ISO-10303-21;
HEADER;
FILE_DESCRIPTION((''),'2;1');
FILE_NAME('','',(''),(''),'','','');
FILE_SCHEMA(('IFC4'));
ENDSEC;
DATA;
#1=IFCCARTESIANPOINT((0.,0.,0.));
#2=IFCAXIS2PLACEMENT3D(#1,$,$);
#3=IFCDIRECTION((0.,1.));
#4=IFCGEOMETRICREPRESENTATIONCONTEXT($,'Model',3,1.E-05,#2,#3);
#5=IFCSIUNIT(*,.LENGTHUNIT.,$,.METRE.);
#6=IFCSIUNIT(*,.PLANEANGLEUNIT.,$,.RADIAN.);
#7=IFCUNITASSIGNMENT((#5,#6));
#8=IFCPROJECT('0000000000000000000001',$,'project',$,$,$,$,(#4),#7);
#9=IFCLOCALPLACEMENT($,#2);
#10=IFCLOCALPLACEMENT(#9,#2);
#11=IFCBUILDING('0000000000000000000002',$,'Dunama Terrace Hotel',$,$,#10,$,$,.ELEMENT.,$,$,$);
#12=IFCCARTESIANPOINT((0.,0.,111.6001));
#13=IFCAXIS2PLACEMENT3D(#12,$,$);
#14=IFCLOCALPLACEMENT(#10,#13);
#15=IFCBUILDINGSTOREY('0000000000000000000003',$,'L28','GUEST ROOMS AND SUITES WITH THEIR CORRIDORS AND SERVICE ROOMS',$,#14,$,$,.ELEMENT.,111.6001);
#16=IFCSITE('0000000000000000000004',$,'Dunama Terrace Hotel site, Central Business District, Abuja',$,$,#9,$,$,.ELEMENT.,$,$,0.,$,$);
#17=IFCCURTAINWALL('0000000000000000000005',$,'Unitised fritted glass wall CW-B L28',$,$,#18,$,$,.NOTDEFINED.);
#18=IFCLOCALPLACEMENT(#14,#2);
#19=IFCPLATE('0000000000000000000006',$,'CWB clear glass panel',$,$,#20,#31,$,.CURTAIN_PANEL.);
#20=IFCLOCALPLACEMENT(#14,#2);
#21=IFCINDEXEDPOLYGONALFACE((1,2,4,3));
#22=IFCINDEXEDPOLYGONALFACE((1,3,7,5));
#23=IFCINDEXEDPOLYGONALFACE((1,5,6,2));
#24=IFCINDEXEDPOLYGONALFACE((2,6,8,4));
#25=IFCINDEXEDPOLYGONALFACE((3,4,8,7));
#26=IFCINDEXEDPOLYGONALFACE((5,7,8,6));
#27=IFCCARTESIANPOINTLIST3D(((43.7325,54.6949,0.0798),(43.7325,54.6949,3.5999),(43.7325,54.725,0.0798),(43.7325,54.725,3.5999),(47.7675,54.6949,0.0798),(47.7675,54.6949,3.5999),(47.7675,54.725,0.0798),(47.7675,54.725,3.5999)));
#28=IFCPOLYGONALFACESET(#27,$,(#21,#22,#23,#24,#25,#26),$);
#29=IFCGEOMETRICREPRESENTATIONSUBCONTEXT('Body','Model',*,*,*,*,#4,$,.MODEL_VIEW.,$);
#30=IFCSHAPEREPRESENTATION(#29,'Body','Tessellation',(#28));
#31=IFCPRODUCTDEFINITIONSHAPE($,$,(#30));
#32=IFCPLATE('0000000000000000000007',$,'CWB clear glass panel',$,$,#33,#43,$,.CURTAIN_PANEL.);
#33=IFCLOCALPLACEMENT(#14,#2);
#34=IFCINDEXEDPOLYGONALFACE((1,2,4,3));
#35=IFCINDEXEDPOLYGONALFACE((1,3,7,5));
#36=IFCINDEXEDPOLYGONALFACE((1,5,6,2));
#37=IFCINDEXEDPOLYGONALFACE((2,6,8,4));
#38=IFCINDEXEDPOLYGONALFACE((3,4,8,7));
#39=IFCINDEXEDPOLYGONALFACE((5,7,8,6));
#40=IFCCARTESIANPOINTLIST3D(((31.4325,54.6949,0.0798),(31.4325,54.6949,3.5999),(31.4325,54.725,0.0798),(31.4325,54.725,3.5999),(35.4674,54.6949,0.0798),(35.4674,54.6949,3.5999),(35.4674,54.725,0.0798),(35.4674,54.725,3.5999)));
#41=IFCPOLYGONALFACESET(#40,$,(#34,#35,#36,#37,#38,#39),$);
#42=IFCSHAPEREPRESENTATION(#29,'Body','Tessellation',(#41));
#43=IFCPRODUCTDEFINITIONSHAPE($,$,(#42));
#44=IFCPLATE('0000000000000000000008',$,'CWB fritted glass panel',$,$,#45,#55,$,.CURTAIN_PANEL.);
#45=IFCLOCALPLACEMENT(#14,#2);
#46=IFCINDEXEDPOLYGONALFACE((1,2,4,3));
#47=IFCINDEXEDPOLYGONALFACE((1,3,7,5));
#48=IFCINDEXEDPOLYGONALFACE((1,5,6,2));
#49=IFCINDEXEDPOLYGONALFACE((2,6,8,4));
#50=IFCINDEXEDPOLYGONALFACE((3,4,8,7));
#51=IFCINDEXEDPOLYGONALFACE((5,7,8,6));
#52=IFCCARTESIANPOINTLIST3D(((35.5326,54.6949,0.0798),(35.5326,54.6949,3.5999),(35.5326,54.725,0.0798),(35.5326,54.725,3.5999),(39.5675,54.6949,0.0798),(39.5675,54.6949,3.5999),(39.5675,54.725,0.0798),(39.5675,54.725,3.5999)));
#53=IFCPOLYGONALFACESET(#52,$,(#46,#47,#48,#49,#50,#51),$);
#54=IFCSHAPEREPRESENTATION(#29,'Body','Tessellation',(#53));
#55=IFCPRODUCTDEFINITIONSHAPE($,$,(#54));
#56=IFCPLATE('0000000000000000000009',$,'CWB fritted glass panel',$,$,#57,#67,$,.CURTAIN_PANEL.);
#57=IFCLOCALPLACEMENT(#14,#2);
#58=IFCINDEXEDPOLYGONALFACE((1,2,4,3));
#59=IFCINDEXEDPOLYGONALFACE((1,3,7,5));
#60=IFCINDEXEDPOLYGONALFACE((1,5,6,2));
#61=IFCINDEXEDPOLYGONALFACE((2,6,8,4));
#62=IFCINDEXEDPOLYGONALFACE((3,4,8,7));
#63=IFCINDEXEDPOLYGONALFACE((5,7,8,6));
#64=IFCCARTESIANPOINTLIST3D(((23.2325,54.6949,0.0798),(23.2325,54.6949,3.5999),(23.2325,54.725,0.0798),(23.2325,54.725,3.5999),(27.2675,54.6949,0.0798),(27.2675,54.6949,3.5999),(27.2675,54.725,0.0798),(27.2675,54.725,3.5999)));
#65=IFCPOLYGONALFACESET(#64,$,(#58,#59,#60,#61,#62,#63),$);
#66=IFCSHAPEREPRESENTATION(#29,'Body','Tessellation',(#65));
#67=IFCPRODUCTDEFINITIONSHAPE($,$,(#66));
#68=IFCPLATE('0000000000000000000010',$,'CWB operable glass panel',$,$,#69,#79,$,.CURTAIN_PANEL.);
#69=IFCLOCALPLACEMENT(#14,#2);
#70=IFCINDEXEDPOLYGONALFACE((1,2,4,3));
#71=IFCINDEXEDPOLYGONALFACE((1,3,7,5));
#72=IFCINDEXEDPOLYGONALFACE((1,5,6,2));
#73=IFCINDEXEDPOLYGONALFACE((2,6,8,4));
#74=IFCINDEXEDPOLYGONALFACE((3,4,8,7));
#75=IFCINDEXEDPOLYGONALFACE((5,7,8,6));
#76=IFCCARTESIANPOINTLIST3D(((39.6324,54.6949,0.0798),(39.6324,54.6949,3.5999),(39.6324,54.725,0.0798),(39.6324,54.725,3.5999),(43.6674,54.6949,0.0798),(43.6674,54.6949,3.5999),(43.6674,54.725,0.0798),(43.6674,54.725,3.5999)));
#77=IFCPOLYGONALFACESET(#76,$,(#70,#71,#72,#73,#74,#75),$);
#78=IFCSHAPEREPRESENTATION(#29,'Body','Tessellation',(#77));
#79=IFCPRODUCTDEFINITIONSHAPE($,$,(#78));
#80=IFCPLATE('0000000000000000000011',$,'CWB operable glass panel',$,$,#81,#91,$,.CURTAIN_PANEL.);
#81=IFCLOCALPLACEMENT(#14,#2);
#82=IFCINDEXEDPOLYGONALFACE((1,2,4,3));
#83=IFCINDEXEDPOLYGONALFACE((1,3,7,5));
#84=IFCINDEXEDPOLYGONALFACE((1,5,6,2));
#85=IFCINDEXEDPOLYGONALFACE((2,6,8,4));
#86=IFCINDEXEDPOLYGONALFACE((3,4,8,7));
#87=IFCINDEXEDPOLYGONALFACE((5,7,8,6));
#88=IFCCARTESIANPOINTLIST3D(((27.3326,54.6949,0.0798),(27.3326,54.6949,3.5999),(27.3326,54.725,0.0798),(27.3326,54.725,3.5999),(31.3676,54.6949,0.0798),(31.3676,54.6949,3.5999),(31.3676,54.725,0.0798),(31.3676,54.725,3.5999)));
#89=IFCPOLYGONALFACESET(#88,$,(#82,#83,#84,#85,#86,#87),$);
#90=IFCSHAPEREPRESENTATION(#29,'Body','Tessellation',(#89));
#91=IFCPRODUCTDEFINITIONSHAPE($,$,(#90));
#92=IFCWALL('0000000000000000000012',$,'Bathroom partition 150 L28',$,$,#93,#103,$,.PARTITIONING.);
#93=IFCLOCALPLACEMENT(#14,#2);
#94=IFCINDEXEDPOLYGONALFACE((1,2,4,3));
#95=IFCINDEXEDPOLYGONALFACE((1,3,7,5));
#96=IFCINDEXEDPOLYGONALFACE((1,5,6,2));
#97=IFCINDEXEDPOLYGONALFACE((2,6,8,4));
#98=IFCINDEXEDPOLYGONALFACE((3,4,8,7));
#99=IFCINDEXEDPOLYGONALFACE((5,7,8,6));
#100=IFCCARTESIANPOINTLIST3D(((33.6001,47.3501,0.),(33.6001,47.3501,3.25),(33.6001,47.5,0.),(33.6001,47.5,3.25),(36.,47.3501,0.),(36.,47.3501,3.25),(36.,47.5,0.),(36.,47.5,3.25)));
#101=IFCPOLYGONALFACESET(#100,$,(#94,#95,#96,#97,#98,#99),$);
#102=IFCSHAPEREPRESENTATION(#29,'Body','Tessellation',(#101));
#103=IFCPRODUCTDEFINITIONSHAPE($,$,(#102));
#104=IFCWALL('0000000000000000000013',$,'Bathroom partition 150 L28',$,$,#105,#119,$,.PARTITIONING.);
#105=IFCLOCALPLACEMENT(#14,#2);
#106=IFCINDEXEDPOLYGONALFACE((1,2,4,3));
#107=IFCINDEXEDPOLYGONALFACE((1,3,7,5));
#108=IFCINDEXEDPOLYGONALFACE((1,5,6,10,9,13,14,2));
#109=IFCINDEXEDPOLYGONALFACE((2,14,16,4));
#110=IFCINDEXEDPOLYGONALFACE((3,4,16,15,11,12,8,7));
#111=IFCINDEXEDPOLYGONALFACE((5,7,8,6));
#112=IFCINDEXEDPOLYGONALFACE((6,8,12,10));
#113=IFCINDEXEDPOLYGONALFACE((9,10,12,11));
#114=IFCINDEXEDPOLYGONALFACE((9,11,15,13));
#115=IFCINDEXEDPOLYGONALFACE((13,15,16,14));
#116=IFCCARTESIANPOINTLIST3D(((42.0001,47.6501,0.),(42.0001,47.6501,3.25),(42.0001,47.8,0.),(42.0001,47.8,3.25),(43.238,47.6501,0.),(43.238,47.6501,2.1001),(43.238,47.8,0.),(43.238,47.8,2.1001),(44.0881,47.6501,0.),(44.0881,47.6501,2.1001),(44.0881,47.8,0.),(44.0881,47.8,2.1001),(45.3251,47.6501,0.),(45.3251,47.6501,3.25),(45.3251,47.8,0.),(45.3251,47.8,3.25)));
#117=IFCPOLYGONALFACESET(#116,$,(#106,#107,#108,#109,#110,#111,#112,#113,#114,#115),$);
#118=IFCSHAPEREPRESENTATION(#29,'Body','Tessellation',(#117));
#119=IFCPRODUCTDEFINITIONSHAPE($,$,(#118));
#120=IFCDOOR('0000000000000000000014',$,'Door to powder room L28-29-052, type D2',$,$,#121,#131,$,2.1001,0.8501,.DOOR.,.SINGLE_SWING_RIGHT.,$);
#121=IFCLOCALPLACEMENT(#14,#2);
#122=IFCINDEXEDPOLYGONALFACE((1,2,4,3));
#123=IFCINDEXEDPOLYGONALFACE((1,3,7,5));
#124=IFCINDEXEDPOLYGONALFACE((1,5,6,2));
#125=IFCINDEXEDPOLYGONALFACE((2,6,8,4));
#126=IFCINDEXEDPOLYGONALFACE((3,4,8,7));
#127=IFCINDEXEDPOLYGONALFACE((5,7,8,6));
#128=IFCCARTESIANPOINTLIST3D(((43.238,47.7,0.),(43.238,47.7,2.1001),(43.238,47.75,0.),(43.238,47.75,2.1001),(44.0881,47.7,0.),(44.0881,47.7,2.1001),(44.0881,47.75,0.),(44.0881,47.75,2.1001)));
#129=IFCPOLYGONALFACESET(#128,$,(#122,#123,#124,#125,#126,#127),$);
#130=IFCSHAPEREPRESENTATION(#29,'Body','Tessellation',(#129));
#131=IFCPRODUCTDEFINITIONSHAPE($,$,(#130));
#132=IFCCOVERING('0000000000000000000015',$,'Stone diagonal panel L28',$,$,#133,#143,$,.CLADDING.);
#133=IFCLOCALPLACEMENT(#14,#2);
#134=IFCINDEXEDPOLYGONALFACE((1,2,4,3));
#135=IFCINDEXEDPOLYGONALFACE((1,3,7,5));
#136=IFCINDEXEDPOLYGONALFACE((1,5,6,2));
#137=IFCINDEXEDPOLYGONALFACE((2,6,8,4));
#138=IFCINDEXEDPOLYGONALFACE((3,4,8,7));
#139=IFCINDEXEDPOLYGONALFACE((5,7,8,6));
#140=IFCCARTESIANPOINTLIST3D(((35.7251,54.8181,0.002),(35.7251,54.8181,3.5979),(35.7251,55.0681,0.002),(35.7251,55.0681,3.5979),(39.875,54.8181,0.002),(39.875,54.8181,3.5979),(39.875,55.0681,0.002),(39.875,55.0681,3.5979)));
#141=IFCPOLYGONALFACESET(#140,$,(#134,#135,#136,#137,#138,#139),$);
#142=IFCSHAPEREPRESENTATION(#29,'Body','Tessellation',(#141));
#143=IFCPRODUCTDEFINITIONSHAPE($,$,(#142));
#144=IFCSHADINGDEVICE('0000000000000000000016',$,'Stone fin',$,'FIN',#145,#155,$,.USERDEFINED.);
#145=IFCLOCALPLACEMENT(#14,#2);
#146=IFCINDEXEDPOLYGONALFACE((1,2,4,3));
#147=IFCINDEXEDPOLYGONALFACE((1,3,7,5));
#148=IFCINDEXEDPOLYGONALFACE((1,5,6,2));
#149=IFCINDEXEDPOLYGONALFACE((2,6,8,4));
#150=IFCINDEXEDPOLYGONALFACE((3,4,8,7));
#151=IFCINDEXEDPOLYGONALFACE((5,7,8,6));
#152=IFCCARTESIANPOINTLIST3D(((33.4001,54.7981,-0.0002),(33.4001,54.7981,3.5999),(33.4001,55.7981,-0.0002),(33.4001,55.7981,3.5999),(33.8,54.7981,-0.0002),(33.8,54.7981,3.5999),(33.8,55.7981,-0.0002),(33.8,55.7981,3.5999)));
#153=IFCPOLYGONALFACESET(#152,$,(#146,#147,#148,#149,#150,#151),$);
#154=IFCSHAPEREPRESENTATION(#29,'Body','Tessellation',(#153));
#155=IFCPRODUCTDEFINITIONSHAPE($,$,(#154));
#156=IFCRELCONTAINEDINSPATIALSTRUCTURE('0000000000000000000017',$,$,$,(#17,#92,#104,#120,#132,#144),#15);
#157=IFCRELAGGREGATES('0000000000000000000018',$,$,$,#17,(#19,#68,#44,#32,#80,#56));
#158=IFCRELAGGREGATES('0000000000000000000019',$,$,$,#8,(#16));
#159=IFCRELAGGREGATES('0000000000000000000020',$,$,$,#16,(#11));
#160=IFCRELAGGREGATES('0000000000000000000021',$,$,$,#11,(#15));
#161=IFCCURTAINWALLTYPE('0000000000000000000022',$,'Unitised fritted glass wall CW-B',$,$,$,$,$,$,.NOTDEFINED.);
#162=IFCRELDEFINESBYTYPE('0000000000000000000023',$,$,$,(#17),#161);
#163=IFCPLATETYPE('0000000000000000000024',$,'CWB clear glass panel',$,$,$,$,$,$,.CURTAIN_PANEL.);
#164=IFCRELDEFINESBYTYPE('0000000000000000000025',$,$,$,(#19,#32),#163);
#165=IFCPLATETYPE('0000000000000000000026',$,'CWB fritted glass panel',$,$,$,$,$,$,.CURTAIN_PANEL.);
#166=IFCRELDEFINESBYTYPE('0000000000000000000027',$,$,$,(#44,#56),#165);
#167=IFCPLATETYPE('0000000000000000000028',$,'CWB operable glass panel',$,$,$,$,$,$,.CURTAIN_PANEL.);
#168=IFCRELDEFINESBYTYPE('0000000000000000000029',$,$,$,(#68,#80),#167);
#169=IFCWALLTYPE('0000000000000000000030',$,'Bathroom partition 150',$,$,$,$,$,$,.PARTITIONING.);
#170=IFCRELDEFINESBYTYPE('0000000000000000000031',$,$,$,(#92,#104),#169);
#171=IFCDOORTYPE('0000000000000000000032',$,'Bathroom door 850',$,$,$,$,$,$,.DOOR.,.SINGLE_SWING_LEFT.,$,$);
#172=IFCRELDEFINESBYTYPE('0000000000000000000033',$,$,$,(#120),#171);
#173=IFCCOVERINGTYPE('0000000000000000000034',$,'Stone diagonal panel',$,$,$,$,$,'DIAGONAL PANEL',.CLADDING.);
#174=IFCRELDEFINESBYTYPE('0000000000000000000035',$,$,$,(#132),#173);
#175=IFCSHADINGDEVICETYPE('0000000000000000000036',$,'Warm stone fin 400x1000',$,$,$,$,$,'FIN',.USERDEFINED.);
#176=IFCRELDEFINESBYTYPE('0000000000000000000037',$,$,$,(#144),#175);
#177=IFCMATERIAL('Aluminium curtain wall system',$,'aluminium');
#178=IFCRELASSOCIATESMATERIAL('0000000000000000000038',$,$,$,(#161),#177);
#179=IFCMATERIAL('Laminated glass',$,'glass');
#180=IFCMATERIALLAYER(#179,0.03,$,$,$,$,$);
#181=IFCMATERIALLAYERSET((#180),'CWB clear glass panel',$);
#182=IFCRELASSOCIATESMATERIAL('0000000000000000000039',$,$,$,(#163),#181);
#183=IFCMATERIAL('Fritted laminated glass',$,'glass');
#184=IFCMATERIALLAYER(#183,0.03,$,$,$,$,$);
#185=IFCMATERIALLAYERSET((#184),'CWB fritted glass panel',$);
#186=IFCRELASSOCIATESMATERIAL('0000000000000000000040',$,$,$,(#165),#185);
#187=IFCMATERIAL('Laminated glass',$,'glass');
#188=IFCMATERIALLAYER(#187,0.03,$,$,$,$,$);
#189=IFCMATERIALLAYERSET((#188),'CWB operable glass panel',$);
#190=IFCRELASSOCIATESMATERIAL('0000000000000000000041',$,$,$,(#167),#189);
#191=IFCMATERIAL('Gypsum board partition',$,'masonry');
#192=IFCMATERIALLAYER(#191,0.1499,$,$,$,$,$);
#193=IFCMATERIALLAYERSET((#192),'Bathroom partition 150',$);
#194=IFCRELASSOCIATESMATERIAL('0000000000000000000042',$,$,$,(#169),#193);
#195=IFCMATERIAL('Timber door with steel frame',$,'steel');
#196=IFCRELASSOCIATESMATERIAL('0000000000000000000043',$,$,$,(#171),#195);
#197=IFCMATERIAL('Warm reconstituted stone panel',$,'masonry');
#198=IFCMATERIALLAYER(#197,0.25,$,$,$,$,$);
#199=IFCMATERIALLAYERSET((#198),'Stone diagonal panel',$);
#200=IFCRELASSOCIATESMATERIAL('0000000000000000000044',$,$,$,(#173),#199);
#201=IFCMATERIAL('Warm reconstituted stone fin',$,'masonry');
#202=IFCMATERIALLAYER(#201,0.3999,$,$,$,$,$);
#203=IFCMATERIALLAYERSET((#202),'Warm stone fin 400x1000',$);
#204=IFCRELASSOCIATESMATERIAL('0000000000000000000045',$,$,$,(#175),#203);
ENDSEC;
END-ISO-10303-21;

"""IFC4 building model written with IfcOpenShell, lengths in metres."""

from ifc_helpers import new_model, si_unit, direction, frame, frame_2d, origin, origin_2d, place, context, subcontext, project, spatial, rectangle, extrude, material, layer, layer_set, type_object, element, fill, aggregate, save


model = new_model("IFC4")

# Units and contexts
model_context = context("Model", 3, precision=1e-05, world=origin(), true_north=direction((0.0, 1.0)))
body_context = subcontext(model_context, "Body", "Model", "MODEL_VIEW")
ifc_project = project(units=[si_unit("LENGTHUNIT", "METRE"), si_unit("PLANEANGLEUNIT", "RADIAN")], contexts=[model_context])

# Site, building, storey
site_placement = place(None, origin())
site = spatial("IfcSite", under=ifc_project, at=site_placement, Name="Dunama Terrace Hotel site, Central Business District, Abuja", CompositionType="ELEMENT", RefElevation=0.0)
building_placement = place(site_placement, origin())
building = spatial("IfcBuilding", under=site, at=building_placement, Name="Dunama Terrace Hotel", CompositionType="ELEMENT")
storey_placement = place(building_placement, frame((0.0, 0.0, 111.6001)))
storey = spatial("IfcBuildingStorey", under=building, at=storey_placement, Name="L28", Description="GUEST ROOMS AND SUITES WITH THEIR CORRIDORS AND SERVICE ROOMS", CompositionType="ELEMENT", Elevation=111.6001)

# Curtain wall
ifc_material_1 = material(Name="Aluminium curtain wall system", Category="aluminium")
curtain_wall_type = type_object("IfcCurtainWallType", Name="Unitised fritted glass wall CW-B", PredefinedType="NOTDEFINED", material=ifc_material_1)
curtain_wall_placement = place(storey_placement, origin())
curtain_wall = element("IfcCurtainWall", 1, at=curtain_wall_placement, inside=storey, type_object=curtain_wall_type, Name="Unitised fritted glass wall CW-B L28", PredefinedType="NOTDEFINED")

# Plates
ifc_material_2 = material(Name="Laminated glass", Category="glass")
ifc_layer_1 = layer(ifc_material_2, 0.03)
ifc_layer_set_1 = layer_set([ifc_layer_1], Name="CWB clear glass panel")
plate_type_1 = type_object("IfcPlateType", Name="CWB clear glass panel", PredefinedType="CURTAIN_PANEL", material=ifc_layer_set_1)
plate_1_placement = place(storey_placement, frame((45.75, 54.71, 0.0798), z_axis=(0.0, 0.0, 1.0), x_axis=(-1.0, 0.0, 0.0)))
plate_1 = element("IfcPlate", 2, at=plate_1_placement, type_object=plate_type_1, Name="CWB clear glass panel", PredefinedType="CURTAIN_PANEL", context=body_context, shape_type="SweptSolid", body=[
    extrude(rectangle(XDim=4.0349, YDim=0.03, at=origin_2d()), origin(), (0.0, 0.0, 1.0), 3.52),
])
plate_2_placement = place(storey_placement, frame((33.45, 54.71, 0.0798), z_axis=(0.0, 0.0, 1.0), x_axis=(-1.0, 0.0, 0.0)))
plate_2 = element("IfcPlate", 3, at=plate_2_placement, type_object=plate_type_1, Name="CWB clear glass panel", PredefinedType="CURTAIN_PANEL", context=body_context, shape_type="SweptSolid", body=[
    extrude(rectangle(XDim=4.0349, YDim=0.03, at=origin_2d()), origin(), (0.0, 0.0, 1.0), 3.52),
])
ifc_material_3 = material(Name="Fritted laminated glass", Category="glass")
ifc_layer_2 = layer(ifc_material_3, 0.03)
ifc_layer_set_2 = layer_set([ifc_layer_2], Name="CWB fritted glass panel")
plate_type_2 = type_object("IfcPlateType", Name="CWB fritted glass panel", PredefinedType="CURTAIN_PANEL", material=ifc_layer_set_2)
plate_3_placement = place(storey_placement, frame((37.55, 54.71, 0.0798), z_axis=(0.0, 0.0, 1.0), x_axis=(-1.0, 0.0, 0.0)))
plate_3 = element("IfcPlate", 4, at=plate_3_placement, type_object=plate_type_2, Name="CWB fritted glass panel", PredefinedType="CURTAIN_PANEL", context=body_context, shape_type="SweptSolid", body=[
    extrude(rectangle(XDim=4.0349, YDim=0.03, at=origin_2d()), origin(), (0.0, 0.0, 1.0), 3.52),
])
plate_4_placement = place(storey_placement, frame((25.25, 54.71, 0.0798), z_axis=(0.0, 0.0, 1.0), x_axis=(-1.0, 0.0, 0.0)))
plate_4 = element("IfcPlate", 5, at=plate_4_placement, type_object=plate_type_2, Name="CWB fritted glass panel", PredefinedType="CURTAIN_PANEL", context=body_context, shape_type="SweptSolid", body=[
    extrude(rectangle(XDim=4.0349, YDim=0.03, at=origin_2d()), origin(), (0.0, 0.0, 1.0), 3.52),
])
ifc_material_4 = material(Name="Laminated glass", Category="glass")
ifc_layer_3 = layer(ifc_material_4, 0.03)
ifc_layer_set_3 = layer_set([ifc_layer_3], Name="CWB operable glass panel")
plate_type_3 = type_object("IfcPlateType", Name="CWB operable glass panel", PredefinedType="CURTAIN_PANEL", material=ifc_layer_set_3)
plate_5_placement = place(storey_placement, frame((41.6499, 54.71, 0.0798), z_axis=(0.0, 0.0, 1.0), x_axis=(-1.0, 0.0, 0.0)))
plate_5 = element("IfcPlate", 6, at=plate_5_placement, type_object=plate_type_3, Name="CWB operable glass panel", PredefinedType="CURTAIN_PANEL", context=body_context, shape_type="SweptSolid", body=[
    extrude(rectangle(XDim=4.0349, YDim=0.03, at=origin_2d()), origin(), (0.0, 0.0, 1.0), 3.52),
])
plate_6_placement = place(storey_placement, frame((29.3501, 54.71, 0.0798), z_axis=(0.0, 0.0, 1.0), x_axis=(-1.0, 0.0, 0.0)))
plate_6 = element("IfcPlate", 7, at=plate_6_placement, type_object=plate_type_3, Name="CWB operable glass panel", PredefinedType="CURTAIN_PANEL", context=body_context, shape_type="SweptSolid", body=[
    extrude(rectangle(XDim=4.0349, YDim=0.03, at=origin_2d()), origin(), (0.0, 0.0, 1.0), 3.52),
])
aggregate(curtain_wall, [plate_1, plate_5, plate_3, plate_2, plate_6, plate_4])

# Wall
ifc_material_5 = material(Name="Gypsum board partition", Category="masonry")
ifc_layer_4 = layer(ifc_material_5, 0.1499)
ifc_layer_set_4 = layer_set([ifc_layer_4], Name="Bathroom partition 150")
wall_type = type_object("IfcWallType", Name="Bathroom partition 150", PredefinedType="PARTITIONING", material=ifc_layer_set_4)
wall_1_placement = place(storey_placement, frame((33.6001, 47.425, 0.0), z_axis=(0.0, 0.0, 1.0), x_axis=(1.0, 0.0, 0.0)))
element("IfcWall", 8, at=wall_1_placement, inside=storey, type_object=wall_type, Name="Bathroom partition 150 L28", PredefinedType="PARTITIONING", context=body_context, shape_type="SweptSolid", body=[
    extrude(rectangle(XDim=2.3999, YDim=0.1499, at=frame_2d((1.2, 0.0))), origin(), (0.0, 0.0, 1.0), 3.25),
])

# Wall, opening, door
wall_2_placement = place(storey_placement, frame((42.0, 47.7251, 0.0), z_axis=(0.0, 0.0, 1.0), x_axis=(1.0, 0.0, 0.0)))
wall_2 = element("IfcWall", 9, at=wall_2_placement, inside=storey, type_object=wall_type, Name="Bathroom partition 150 L28", PredefinedType="PARTITIONING", context=body_context, shape_type="SweptSolid", body=[
    extrude(rectangle(XDim=3.325, YDim=0.1499, at=frame_2d((1.6626, 0.0))), origin(), (0.0, 0.0, 1.0), 3.25),
])
opening_placement = place(wall_2_placement, frame((1.238, 0.0, 0.0)))
opening = element("IfcOpeningElement", 10, at=opening_placement, cuts=wall_2, PredefinedType="OPENING", context=body_context, shape_type="SweptSolid", body=[
    extrude(rectangle(XDim=0.8501, YDim=2.1001, at=frame_2d((0.425, 1.05))), frame((0.0, 0.085, 0.0), z_axis=(0.0, -1.0, 0.0), x_axis=(1.0, 0.0, 0.0)), (0.0, 0.0, 1.0), 0.1699),
])
ifc_material_6 = material(Name="Timber door with steel frame", Category="steel")
door_type = type_object("IfcDoorType", Name="Bathroom door 850", OperationType="SINGLE_SWING_LEFT", PredefinedType="DOOR", material=ifc_material_6)
door_placement = place(opening_placement, frame((0.8501, 0.0, 0.0), z_axis=(0.0, 0.0, 1.0), x_axis=(-1.0, 0.0, 0.0)))
door = element("IfcDoor", 11, at=door_placement, inside=storey, type_object=door_type, Name="Door to powder room L28-29-052, type D2", OperationType="SINGLE_SWING_RIGHT", OverallHeight=2.1001, OverallWidth=0.8501, PredefinedType="DOOR", context=body_context, shape_type="SweptSolid", body=[
    extrude(rectangle(XDim=0.8501, YDim=2.1001, at=frame_2d((0.425, 1.05))), frame((0.0, 0.0251, 0.0), z_axis=(0.0, -1.0, 0.0), x_axis=(1.0, 0.0, 0.0)), (0.0, 0.0, 1.0), 0.05),
])
fill(opening, door)

# Covering
ifc_material_7 = material(Name="Warm reconstituted stone panel", Category="masonry")
ifc_layer_5 = layer(ifc_material_7, 0.25)
ifc_layer_set_5 = layer_set([ifc_layer_5], Name="Stone diagonal panel")
covering_type = type_object("IfcCoveringType", Name="Stone diagonal panel", ElementType="DIAGONAL PANEL", PredefinedType="CLADDING", material=ifc_layer_set_5)
covering_placement = place(storey_placement, frame((37.8, 54.9431, 0.002), z_axis=(0.0, 0.0, 1.0), x_axis=(-1.0, 0.0, 0.0)))
element("IfcCovering", 12, at=covering_placement, inside=storey, type_object=covering_type, Name="Stone diagonal panel L28", PredefinedType="CLADDING", context=body_context, shape_type="SweptSolid", body=[
    extrude(rectangle(XDim=4.1499, YDim=0.25, at=origin_2d()), origin(), (0.0, 0.0, 1.0), 3.5959),
])

# Shading device
ifc_material_8 = material(Name="Warm reconstituted stone fin", Category="masonry")
ifc_layer_6 = layer(ifc_material_8, 0.3999)
ifc_layer_set_6 = layer_set([ifc_layer_6], Name="Warm stone fin 400x1000")
shading_device_type = type_object("IfcShadingDeviceType", Name="Warm stone fin 400x1000", ElementType="FIN", PredefinedType="USERDEFINED", material=ifc_layer_set_6)
shading_device_placement = place(storey_placement, frame((33.6001, 55.2981, -0.0002), z_axis=(0.0, 0.0, 1.0), x_axis=(-1.0, 0.0, 0.0)))
element("IfcShadingDevice", 13, at=shading_device_placement, inside=storey, type_object=shading_device_type, Name="Stone fin", ObjectType="FIN", PredefinedType="USERDEFINED", context=body_context, shape_type="SweptSolid", body=[
    extrude(rectangle(XDim=0.3999, YDim=1.0, at=origin_2d()), origin(), (0.0, 0.0, 1.0), 3.6001),
])

save(model, "model.ifc")
